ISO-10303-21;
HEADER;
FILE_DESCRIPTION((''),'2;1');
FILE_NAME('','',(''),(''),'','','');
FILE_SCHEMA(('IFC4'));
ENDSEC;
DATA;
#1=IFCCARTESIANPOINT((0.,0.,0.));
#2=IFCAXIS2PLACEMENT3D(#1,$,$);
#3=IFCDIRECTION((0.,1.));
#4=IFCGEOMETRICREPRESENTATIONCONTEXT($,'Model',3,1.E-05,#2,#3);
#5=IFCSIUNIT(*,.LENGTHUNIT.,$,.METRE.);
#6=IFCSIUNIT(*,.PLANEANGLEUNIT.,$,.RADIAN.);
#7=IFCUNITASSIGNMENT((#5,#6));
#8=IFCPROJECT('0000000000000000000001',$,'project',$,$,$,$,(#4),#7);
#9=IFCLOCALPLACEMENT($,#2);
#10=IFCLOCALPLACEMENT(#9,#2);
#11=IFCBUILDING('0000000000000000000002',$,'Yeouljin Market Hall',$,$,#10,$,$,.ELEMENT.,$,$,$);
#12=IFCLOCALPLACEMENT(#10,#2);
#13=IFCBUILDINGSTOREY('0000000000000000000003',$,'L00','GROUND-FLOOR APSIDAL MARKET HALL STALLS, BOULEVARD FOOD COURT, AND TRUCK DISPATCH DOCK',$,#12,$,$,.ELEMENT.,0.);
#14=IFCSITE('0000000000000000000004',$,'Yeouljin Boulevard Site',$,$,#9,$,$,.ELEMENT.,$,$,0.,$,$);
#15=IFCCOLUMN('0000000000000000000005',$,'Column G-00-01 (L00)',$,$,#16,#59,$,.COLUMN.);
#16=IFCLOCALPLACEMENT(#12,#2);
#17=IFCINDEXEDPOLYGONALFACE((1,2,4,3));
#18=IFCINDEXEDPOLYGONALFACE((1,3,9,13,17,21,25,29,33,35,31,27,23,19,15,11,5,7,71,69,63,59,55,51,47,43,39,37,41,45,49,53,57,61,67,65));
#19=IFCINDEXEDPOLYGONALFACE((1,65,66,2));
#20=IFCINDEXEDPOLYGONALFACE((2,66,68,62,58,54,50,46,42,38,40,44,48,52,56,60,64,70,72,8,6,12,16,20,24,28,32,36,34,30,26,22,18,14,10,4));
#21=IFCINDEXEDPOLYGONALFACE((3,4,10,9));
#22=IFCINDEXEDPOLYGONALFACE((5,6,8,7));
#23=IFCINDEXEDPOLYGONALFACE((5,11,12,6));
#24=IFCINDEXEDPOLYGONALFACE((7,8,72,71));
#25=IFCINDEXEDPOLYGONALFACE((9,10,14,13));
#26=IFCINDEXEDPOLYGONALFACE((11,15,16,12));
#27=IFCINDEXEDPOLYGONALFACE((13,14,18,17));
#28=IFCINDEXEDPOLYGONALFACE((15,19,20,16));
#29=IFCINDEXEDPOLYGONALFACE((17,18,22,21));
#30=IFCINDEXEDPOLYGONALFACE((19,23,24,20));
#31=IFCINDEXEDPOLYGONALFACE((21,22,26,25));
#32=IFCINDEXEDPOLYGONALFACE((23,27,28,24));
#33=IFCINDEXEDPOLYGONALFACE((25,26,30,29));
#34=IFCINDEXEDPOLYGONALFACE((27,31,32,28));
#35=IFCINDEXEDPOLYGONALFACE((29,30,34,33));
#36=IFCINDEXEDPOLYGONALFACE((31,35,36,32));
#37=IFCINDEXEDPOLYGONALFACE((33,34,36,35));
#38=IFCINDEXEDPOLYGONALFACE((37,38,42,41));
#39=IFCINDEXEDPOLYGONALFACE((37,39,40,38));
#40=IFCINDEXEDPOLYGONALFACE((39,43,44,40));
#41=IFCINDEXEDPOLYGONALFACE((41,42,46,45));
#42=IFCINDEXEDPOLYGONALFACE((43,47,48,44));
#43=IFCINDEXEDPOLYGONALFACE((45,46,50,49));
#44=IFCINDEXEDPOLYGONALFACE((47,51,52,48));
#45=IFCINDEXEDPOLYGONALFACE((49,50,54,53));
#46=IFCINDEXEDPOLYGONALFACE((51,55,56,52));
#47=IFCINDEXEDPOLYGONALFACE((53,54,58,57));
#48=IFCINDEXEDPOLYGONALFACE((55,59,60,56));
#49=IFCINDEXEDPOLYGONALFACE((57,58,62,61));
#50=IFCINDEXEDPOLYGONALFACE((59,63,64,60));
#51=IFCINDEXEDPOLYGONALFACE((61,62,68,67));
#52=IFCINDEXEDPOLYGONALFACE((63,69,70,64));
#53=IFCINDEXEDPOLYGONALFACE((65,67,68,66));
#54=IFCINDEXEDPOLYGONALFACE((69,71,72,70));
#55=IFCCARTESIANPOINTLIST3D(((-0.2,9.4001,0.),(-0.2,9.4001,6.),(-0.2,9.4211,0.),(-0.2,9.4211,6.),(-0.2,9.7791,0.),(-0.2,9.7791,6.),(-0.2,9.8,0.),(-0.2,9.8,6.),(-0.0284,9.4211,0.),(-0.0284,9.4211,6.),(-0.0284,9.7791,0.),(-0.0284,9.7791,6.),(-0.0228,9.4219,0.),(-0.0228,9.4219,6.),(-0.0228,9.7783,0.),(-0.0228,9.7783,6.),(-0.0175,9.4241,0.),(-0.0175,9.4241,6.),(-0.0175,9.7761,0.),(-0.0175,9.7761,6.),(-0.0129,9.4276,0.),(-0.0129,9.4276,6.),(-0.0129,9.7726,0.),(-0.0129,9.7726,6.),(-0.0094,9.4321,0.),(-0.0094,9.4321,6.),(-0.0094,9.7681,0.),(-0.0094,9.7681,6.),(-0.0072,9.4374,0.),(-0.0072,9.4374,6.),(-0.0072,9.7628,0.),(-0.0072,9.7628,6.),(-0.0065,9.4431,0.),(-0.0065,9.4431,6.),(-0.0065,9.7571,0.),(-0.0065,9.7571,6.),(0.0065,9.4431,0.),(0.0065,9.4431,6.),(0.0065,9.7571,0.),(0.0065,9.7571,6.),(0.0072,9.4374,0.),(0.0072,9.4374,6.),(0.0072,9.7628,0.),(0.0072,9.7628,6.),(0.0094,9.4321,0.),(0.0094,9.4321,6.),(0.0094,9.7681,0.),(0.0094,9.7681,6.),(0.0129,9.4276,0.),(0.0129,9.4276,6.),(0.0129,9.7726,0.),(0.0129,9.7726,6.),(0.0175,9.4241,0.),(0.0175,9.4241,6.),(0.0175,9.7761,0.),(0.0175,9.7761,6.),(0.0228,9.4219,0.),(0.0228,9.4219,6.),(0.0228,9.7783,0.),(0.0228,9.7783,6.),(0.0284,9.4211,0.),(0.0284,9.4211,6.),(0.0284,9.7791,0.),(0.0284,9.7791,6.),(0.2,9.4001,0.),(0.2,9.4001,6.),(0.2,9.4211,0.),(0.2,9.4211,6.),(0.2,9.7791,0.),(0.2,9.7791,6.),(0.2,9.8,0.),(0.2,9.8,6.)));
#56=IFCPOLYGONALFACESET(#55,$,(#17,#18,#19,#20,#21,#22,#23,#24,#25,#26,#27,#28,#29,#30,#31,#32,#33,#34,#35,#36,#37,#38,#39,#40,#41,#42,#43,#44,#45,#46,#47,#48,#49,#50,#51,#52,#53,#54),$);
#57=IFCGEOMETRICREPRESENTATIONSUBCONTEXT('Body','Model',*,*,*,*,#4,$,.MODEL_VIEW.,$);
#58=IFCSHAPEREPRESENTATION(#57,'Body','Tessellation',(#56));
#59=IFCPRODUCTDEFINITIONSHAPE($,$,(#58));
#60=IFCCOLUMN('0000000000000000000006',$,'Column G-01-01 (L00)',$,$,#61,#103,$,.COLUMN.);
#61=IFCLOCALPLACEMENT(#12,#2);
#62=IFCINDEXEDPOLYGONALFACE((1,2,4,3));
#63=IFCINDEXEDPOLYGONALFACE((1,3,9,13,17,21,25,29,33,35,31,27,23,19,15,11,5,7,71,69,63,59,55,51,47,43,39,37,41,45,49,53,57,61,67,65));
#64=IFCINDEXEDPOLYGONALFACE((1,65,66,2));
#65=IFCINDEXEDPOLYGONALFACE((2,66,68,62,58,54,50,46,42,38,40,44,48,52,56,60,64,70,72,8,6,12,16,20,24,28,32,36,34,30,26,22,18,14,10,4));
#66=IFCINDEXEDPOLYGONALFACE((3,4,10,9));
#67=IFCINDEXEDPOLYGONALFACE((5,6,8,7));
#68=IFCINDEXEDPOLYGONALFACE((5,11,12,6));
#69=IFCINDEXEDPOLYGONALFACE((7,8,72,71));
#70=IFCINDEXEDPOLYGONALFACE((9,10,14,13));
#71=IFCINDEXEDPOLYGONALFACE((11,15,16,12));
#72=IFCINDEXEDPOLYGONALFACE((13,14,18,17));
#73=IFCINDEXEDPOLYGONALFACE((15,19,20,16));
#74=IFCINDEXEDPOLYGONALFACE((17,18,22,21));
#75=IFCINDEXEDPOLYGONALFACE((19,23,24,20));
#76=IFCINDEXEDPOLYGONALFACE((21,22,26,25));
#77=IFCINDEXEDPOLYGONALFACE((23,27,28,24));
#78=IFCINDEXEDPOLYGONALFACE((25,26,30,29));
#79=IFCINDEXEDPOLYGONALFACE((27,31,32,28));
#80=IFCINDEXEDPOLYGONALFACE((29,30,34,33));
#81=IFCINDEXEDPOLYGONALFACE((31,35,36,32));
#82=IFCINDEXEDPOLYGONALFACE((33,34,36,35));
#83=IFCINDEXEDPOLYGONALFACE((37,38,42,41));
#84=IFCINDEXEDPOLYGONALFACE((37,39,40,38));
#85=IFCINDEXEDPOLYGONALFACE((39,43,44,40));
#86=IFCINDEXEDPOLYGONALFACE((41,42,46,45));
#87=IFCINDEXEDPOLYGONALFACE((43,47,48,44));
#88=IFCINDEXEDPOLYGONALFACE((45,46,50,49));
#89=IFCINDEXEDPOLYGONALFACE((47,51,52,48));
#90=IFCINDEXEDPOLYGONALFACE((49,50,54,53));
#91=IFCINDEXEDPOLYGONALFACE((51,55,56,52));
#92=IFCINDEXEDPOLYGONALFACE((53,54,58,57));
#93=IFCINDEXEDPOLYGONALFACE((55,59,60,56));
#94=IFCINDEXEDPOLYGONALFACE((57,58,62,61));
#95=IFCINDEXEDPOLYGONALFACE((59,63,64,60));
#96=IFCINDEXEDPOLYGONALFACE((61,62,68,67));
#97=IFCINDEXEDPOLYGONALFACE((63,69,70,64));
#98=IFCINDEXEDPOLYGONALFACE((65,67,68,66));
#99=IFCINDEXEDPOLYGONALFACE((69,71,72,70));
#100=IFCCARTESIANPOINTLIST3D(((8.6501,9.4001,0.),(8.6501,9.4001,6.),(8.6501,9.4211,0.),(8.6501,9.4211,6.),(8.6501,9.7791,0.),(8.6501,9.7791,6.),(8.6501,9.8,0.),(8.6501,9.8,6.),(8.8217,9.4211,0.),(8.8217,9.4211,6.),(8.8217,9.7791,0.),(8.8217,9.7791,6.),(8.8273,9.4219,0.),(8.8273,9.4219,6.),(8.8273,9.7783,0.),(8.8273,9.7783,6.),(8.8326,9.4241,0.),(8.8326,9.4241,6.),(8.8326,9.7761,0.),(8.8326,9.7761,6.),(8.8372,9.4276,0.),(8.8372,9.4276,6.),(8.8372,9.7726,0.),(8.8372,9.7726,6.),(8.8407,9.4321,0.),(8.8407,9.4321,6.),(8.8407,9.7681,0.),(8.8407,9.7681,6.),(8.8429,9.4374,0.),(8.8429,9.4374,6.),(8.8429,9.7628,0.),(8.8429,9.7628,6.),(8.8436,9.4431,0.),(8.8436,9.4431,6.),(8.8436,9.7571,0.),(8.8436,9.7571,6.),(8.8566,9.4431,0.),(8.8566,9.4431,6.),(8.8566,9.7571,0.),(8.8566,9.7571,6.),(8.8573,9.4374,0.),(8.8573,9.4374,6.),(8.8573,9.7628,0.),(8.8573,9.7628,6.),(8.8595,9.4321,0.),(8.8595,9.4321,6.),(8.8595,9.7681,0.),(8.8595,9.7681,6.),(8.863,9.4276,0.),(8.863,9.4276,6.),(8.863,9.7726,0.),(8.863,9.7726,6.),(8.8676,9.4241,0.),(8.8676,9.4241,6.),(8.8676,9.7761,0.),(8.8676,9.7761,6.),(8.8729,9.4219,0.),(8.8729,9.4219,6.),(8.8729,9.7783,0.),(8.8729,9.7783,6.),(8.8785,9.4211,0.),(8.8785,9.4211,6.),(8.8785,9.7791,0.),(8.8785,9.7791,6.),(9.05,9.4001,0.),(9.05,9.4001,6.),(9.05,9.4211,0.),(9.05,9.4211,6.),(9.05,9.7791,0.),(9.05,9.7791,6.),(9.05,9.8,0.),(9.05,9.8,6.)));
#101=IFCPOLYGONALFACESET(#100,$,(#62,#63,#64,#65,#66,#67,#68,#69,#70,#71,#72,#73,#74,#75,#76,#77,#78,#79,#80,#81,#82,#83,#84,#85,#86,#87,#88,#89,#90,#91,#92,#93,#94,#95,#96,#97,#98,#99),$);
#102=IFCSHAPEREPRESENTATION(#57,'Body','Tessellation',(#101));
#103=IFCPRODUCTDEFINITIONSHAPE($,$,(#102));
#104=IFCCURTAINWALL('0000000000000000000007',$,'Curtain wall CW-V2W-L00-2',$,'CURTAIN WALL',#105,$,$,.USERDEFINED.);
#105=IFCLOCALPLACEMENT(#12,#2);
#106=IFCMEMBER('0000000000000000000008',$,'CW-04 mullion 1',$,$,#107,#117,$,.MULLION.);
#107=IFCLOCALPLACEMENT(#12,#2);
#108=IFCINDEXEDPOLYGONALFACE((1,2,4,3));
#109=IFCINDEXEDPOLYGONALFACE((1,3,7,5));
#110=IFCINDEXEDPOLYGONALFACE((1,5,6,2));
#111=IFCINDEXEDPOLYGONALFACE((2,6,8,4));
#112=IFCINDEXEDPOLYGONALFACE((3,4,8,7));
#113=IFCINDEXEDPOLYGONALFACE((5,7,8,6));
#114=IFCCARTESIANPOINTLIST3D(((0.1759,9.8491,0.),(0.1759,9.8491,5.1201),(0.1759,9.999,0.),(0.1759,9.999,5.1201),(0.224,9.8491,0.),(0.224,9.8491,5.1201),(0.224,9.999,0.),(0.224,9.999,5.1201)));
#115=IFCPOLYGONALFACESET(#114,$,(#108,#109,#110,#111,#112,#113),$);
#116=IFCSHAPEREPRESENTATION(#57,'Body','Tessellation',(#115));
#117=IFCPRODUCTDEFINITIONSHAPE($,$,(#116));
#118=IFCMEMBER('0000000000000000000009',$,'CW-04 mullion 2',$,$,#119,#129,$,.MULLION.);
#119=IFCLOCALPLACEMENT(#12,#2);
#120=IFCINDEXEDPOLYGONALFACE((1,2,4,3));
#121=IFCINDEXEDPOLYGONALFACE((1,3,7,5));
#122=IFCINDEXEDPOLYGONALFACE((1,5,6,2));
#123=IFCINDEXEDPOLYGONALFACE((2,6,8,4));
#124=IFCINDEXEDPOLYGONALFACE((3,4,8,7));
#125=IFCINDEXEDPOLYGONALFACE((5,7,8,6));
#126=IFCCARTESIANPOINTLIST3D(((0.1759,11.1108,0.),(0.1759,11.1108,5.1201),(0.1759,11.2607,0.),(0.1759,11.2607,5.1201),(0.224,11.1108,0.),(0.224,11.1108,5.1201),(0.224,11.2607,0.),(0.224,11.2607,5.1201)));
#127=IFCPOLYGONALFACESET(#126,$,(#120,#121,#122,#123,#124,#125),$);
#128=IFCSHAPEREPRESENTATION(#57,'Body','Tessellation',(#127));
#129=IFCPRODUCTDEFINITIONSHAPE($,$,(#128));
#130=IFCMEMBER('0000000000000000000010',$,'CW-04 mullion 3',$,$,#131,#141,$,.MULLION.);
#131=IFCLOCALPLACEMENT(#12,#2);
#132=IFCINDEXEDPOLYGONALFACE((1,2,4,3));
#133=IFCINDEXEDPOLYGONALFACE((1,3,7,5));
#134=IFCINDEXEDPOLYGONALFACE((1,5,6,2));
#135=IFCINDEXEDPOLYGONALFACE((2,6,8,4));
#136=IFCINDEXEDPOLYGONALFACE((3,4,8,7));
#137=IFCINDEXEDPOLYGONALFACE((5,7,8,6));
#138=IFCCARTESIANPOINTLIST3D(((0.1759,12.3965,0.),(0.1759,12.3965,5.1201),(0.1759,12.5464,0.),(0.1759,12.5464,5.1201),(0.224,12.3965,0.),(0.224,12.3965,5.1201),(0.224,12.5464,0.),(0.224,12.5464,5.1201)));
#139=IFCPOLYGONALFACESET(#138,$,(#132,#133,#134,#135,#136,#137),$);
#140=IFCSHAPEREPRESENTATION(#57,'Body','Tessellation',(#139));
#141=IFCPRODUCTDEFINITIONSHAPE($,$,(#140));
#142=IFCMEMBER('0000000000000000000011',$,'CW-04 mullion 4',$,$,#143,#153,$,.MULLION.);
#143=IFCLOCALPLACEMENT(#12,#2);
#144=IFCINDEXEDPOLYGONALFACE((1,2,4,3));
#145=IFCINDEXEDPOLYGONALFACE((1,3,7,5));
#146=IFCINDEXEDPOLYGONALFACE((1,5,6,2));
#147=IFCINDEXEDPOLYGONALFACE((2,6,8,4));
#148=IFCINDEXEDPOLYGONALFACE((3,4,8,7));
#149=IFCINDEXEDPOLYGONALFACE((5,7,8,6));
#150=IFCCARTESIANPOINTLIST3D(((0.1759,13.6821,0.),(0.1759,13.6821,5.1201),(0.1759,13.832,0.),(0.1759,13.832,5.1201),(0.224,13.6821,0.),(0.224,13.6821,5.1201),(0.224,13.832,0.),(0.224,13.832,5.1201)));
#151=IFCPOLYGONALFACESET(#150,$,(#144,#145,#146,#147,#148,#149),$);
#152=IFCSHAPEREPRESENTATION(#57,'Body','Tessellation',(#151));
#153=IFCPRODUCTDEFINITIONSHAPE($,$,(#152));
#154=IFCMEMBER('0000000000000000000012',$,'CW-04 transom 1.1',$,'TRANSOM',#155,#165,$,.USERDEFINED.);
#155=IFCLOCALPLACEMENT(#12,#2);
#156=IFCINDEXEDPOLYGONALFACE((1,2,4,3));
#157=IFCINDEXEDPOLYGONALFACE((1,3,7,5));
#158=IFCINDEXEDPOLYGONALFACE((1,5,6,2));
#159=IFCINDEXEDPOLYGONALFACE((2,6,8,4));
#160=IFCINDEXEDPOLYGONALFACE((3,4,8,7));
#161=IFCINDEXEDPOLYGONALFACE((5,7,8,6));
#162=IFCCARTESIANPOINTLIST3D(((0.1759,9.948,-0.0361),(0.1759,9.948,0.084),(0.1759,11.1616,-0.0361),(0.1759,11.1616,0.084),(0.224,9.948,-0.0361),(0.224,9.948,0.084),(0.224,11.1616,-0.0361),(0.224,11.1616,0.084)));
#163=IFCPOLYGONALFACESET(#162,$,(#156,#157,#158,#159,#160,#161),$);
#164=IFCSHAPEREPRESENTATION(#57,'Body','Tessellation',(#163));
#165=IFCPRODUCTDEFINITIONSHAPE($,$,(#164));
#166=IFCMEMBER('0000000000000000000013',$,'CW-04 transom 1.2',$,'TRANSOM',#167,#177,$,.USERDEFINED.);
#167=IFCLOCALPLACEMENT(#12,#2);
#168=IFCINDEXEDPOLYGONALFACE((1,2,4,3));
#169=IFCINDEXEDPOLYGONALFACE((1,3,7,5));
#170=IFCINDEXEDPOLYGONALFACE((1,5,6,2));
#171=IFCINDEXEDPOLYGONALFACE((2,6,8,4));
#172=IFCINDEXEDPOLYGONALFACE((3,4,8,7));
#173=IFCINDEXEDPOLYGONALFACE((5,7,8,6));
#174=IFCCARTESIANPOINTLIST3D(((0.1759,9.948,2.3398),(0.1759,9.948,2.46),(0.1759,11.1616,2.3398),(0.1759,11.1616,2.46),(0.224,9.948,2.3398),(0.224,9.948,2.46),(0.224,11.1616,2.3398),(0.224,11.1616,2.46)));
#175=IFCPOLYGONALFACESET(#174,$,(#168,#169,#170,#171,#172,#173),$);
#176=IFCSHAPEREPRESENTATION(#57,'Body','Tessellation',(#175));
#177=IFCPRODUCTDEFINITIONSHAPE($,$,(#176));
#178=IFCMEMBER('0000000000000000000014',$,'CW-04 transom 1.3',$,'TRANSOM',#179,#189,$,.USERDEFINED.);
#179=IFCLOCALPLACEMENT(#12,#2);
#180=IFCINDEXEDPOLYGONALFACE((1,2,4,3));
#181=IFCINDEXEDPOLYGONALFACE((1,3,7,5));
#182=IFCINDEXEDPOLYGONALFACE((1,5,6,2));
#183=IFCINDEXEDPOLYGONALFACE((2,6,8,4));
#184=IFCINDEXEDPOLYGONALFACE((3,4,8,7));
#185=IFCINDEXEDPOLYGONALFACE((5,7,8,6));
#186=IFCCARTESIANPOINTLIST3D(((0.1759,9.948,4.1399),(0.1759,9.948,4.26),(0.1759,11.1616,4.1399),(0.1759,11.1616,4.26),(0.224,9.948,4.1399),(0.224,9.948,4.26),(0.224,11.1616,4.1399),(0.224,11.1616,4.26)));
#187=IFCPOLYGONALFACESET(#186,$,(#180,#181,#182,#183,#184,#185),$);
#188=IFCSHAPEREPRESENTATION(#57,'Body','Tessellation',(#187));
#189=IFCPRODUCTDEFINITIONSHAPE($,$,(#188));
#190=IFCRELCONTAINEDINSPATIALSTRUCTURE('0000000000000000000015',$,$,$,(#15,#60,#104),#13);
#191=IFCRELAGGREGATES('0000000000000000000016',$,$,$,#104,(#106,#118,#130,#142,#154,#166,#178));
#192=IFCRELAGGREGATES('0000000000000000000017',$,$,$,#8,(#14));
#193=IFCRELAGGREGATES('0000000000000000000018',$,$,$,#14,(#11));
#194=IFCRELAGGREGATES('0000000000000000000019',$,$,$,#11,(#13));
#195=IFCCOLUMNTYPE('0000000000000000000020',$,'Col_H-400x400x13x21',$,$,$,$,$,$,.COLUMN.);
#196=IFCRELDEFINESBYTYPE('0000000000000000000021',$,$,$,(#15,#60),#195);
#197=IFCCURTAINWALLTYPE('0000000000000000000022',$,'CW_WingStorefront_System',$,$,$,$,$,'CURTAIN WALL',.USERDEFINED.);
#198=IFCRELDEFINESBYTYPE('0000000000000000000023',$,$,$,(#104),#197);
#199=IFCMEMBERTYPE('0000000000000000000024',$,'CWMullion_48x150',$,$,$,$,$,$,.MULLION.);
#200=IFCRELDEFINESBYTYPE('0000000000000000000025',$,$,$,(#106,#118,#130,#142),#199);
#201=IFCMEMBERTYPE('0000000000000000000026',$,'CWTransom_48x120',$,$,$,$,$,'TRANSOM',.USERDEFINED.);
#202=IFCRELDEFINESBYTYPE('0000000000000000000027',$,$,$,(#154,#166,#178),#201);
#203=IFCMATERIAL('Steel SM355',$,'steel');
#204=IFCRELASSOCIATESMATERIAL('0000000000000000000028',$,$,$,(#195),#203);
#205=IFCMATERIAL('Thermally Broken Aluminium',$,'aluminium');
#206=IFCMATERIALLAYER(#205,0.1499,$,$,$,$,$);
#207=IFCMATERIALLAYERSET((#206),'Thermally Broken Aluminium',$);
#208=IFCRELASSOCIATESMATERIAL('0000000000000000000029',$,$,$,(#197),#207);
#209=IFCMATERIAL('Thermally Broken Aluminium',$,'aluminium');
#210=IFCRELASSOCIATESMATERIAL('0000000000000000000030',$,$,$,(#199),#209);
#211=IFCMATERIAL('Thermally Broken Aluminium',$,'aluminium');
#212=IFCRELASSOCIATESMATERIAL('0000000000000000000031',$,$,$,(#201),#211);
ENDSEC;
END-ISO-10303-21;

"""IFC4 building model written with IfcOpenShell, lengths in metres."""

from ifc_helpers import new_model, si_unit, direction, frame, origin, origin_2d, place, context, subcontext, project, spatial, rectangle, i_section, extrude, material, layer, layer_set, material_profile, profile_set, type_object, element, aggregate, save


model = new_model("IFC4")

# Units and contexts
model_context = context("Model", 3, precision=1e-05, world=origin(), true_north=direction((0.0, 1.0)))
body_context = subcontext(model_context, "Body", "Model", "MODEL_VIEW")
ifc_project = project(units=[si_unit("LENGTHUNIT", "METRE"), si_unit("PLANEANGLEUNIT", "RADIAN")], contexts=[model_context])

# Site, building, storey
site_placement = place(None, origin())
site = spatial("IfcSite", under=ifc_project, at=site_placement, Name="Yeouljin Boulevard Site", CompositionType="ELEMENT", RefElevation=0.0)
building_placement = place(site_placement, origin())
building = spatial("IfcBuilding", under=site, at=building_placement, Name="Yeouljin Market Hall", CompositionType="ELEMENT")
storey_placement = place(building_placement, origin())
storey = spatial("IfcBuildingStorey", under=building, at=storey_placement, Name="L00", Description="GROUND-FLOOR APSIDAL MARKET HALL STALLS, BOULEVARD FOOD COURT, AND TRUCK DISPATCH DOCK", CompositionType="ELEMENT", Elevation=0.0)

# Columns
ifc_material_1 = material(Name="Steel SM355", Category="steel")
ifc_material_profile_1 = material_profile(ifc_material_1, i_section(OverallWidth=0.3999, OverallDepth=0.3999, WebThickness=0.0129, FlangeThickness=0.021, FilletRadius=0.022, at=origin_2d()), Name="H-400x400x13x21")
ifc_profile_set_1 = profile_set([ifc_material_profile_1], Name="Steel SM355")
column_type = type_object("IfcColumnType", Name="Col_H-400x400x13x21", PredefinedType="COLUMN", material=ifc_profile_set_1)
for number, where, z_axis, x_axis, name in (
    (1, (0.0, 9.6001, 0.0), (0.0, 0.0, 1.0), (1.0, 0.0, 0.0), "Column G-00-01 (L00)"),
    (2, (8.8501, 9.6001, 0.0), (0.0, 0.0, 1.0), (1.0, 0.0, 0.0), "Column G-01-01 (L00)"),
):
    element("IfcColumn", number, at=place(storey_placement, frame(where, z_axis=z_axis, x_axis=x_axis)), inside=storey, type_object=column_type, Name=name, PredefinedType="COLUMN", context=body_context, shape_type="SweptSolid", body=[
        extrude(i_section(OverallWidth=0.3999, OverallDepth=0.3999, WebThickness=0.0129, FlangeThickness=0.021, FilletRadius=0.022, at=origin_2d()), origin(), (0.0, 0.0, 1.0), 6.0),
    ])

# Curtain wall, members
ifc_material_2 = material(Name="Thermally Broken Aluminium", Category="aluminium")
ifc_layer_1 = layer(ifc_material_2, 0.1499)
ifc_layer_set_1 = layer_set([ifc_layer_1], Name="Thermally Broken Aluminium")
curtain_wall_type = type_object("IfcCurtainWallType", Name="CW_WingStorefront_System", ElementType="CURTAIN WALL", PredefinedType="USERDEFINED", material=ifc_layer_set_1)
curtain_wall_placement = place(storey_placement, origin())
curtain_wall = element("IfcCurtainWall", 3, at=curtain_wall_placement, inside=storey, type_object=curtain_wall_type, Name="Curtain wall CW-V2W-L00-2", ObjectType="CURTAIN WALL", PredefinedType="USERDEFINED")
ifc_material_3 = material(Name="Thermally Broken Aluminium", Category="aluminium")
ifc_material_profile_2 = material_profile(ifc_material_3, rectangle(XDim=0.0481, YDim=0.1499, at=origin_2d()), Name="CW-MULL-48x150")
ifc_profile_set_2 = profile_set([ifc_material_profile_2], Name="Thermally Broken Aluminium")
member_type_1 = type_object("IfcMemberType", Name="CWMullion_48x150", PredefinedType="MULLION", material=ifc_profile_set_2)
member_1_placement = place(storey_placement, frame((0.2, 9.9241, 0.0), z_axis=(0.0, 0.0, 1.0), x_axis=(-1.0, 0.0, 0.0)))
member_1 = element("IfcMember", 4, at=member_1_placement, type_object=member_type_1, Name="CW-04 mullion 1", PredefinedType="MULLION", context=body_context, shape_type="SweptSolid", body=[
    extrude(rectangle(XDim=0.0481, YDim=0.1499, at=origin_2d()), origin(), (0.0, 0.0, 1.0), 5.1201),
])
member_2_placement = place(storey_placement, frame((0.2, 11.1858, 0.0), z_axis=(0.0, 0.0, 1.0), x_axis=(-1.0, 0.0, 0.0)))
member_2 = element("IfcMember", 5, at=member_2_placement, type_object=member_type_1, Name="CW-04 mullion 2", PredefinedType="MULLION", context=body_context, shape_type="SweptSolid", body=[
    extrude(rectangle(XDim=0.0481, YDim=0.1499, at=origin_2d()), origin(), (0.0, 0.0, 1.0), 5.1201),
])
member_3_placement = place(storey_placement, frame((0.2, 12.4714, 0.0), z_axis=(0.0, 0.0, 1.0), x_axis=(-1.0, 0.0, 0.0)))
member_3 = element("IfcMember", 6, at=member_3_placement, type_object=member_type_1, Name="CW-04 mullion 3", PredefinedType="MULLION", context=body_context, shape_type="SweptSolid", body=[
    extrude(rectangle(XDim=0.0481, YDim=0.1499, at=origin_2d()), origin(), (0.0, 0.0, 1.0), 5.1201),
])
member_4_placement = place(storey_placement, frame((0.2, 13.7571, 0.0), z_axis=(0.0, 0.0, 1.0), x_axis=(-1.0, 0.0, 0.0)))
member_4 = element("IfcMember", 7, at=member_4_placement, type_object=member_type_1, Name="CW-04 mullion 4", PredefinedType="MULLION", context=body_context, shape_type="SweptSolid", body=[
    extrude(rectangle(XDim=0.0481, YDim=0.1499, at=origin_2d()), origin(), (0.0, 0.0, 1.0), 5.1201),
])
ifc_material_4 = material(Name="Thermally Broken Aluminium", Category="aluminium")
ifc_material_profile_3 = material_profile(ifc_material_4, rectangle(XDim=0.0481, YDim=0.1201, at=origin_2d()), Name="CW-TRAN-48x120")
ifc_profile_set_3 = profile_set([ifc_material_profile_3], Name="Thermally Broken Aluminium")
member_type_2 = type_object("IfcMemberType", Name="CWTransom_48x120", ElementType="TRANSOM", PredefinedType="USERDEFINED", material=ifc_profile_set_3)
member_5_placement = place(storey_placement, frame((0.2, 9.948, 0.0239), z_axis=(0.0, 1.0, 0.0), x_axis=(-1.0, 0.0, 0.0)))
member_5 = element("IfcMember", 8, at=member_5_placement, type_object=member_type_2, Name="CW-04 transom 1.1", ObjectType="TRANSOM", PredefinedType="USERDEFINED", context=body_context, shape_type="SweptSolid", body=[
    extrude(rectangle(XDim=0.0481, YDim=0.1201, at=origin_2d()), origin(), (0.0, 0.0, 1.0), 1.2136),
])
member_6_placement = place(storey_placement, frame((0.2, 9.948, 2.3999), z_axis=(0.0, 1.0, 0.0), x_axis=(-1.0, 0.0, 0.0)))
member_6 = element("IfcMember", 9, at=member_6_placement, type_object=member_type_2, Name="CW-04 transom 1.2", ObjectType="TRANSOM", PredefinedType="USERDEFINED", context=body_context, shape_type="SweptSolid", body=[
    extrude(rectangle(XDim=0.0481, YDim=0.1201, at=origin_2d()), origin(), (0.0, 0.0, 1.0), 1.2136),
])
member_7_placement = place(storey_placement, frame((0.2, 9.948, 4.2), z_axis=(0.0, 1.0, 0.0), x_axis=(-1.0, 0.0, 0.0)))
member_7 = element("IfcMember", 10, at=member_7_placement, type_object=member_type_2, Name="CW-04 transom 1.3", ObjectType="TRANSOM", PredefinedType="USERDEFINED", context=body_context, shape_type="SweptSolid", body=[
    extrude(rectangle(XDim=0.0481, YDim=0.1201, at=origin_2d()), origin(), (0.0, 0.0, 1.0), 1.2136),
])
aggregate(curtain_wall, [member_1, member_2, member_3, member_4, member_5, member_6, member_7])

save(model, "model.ifc")
